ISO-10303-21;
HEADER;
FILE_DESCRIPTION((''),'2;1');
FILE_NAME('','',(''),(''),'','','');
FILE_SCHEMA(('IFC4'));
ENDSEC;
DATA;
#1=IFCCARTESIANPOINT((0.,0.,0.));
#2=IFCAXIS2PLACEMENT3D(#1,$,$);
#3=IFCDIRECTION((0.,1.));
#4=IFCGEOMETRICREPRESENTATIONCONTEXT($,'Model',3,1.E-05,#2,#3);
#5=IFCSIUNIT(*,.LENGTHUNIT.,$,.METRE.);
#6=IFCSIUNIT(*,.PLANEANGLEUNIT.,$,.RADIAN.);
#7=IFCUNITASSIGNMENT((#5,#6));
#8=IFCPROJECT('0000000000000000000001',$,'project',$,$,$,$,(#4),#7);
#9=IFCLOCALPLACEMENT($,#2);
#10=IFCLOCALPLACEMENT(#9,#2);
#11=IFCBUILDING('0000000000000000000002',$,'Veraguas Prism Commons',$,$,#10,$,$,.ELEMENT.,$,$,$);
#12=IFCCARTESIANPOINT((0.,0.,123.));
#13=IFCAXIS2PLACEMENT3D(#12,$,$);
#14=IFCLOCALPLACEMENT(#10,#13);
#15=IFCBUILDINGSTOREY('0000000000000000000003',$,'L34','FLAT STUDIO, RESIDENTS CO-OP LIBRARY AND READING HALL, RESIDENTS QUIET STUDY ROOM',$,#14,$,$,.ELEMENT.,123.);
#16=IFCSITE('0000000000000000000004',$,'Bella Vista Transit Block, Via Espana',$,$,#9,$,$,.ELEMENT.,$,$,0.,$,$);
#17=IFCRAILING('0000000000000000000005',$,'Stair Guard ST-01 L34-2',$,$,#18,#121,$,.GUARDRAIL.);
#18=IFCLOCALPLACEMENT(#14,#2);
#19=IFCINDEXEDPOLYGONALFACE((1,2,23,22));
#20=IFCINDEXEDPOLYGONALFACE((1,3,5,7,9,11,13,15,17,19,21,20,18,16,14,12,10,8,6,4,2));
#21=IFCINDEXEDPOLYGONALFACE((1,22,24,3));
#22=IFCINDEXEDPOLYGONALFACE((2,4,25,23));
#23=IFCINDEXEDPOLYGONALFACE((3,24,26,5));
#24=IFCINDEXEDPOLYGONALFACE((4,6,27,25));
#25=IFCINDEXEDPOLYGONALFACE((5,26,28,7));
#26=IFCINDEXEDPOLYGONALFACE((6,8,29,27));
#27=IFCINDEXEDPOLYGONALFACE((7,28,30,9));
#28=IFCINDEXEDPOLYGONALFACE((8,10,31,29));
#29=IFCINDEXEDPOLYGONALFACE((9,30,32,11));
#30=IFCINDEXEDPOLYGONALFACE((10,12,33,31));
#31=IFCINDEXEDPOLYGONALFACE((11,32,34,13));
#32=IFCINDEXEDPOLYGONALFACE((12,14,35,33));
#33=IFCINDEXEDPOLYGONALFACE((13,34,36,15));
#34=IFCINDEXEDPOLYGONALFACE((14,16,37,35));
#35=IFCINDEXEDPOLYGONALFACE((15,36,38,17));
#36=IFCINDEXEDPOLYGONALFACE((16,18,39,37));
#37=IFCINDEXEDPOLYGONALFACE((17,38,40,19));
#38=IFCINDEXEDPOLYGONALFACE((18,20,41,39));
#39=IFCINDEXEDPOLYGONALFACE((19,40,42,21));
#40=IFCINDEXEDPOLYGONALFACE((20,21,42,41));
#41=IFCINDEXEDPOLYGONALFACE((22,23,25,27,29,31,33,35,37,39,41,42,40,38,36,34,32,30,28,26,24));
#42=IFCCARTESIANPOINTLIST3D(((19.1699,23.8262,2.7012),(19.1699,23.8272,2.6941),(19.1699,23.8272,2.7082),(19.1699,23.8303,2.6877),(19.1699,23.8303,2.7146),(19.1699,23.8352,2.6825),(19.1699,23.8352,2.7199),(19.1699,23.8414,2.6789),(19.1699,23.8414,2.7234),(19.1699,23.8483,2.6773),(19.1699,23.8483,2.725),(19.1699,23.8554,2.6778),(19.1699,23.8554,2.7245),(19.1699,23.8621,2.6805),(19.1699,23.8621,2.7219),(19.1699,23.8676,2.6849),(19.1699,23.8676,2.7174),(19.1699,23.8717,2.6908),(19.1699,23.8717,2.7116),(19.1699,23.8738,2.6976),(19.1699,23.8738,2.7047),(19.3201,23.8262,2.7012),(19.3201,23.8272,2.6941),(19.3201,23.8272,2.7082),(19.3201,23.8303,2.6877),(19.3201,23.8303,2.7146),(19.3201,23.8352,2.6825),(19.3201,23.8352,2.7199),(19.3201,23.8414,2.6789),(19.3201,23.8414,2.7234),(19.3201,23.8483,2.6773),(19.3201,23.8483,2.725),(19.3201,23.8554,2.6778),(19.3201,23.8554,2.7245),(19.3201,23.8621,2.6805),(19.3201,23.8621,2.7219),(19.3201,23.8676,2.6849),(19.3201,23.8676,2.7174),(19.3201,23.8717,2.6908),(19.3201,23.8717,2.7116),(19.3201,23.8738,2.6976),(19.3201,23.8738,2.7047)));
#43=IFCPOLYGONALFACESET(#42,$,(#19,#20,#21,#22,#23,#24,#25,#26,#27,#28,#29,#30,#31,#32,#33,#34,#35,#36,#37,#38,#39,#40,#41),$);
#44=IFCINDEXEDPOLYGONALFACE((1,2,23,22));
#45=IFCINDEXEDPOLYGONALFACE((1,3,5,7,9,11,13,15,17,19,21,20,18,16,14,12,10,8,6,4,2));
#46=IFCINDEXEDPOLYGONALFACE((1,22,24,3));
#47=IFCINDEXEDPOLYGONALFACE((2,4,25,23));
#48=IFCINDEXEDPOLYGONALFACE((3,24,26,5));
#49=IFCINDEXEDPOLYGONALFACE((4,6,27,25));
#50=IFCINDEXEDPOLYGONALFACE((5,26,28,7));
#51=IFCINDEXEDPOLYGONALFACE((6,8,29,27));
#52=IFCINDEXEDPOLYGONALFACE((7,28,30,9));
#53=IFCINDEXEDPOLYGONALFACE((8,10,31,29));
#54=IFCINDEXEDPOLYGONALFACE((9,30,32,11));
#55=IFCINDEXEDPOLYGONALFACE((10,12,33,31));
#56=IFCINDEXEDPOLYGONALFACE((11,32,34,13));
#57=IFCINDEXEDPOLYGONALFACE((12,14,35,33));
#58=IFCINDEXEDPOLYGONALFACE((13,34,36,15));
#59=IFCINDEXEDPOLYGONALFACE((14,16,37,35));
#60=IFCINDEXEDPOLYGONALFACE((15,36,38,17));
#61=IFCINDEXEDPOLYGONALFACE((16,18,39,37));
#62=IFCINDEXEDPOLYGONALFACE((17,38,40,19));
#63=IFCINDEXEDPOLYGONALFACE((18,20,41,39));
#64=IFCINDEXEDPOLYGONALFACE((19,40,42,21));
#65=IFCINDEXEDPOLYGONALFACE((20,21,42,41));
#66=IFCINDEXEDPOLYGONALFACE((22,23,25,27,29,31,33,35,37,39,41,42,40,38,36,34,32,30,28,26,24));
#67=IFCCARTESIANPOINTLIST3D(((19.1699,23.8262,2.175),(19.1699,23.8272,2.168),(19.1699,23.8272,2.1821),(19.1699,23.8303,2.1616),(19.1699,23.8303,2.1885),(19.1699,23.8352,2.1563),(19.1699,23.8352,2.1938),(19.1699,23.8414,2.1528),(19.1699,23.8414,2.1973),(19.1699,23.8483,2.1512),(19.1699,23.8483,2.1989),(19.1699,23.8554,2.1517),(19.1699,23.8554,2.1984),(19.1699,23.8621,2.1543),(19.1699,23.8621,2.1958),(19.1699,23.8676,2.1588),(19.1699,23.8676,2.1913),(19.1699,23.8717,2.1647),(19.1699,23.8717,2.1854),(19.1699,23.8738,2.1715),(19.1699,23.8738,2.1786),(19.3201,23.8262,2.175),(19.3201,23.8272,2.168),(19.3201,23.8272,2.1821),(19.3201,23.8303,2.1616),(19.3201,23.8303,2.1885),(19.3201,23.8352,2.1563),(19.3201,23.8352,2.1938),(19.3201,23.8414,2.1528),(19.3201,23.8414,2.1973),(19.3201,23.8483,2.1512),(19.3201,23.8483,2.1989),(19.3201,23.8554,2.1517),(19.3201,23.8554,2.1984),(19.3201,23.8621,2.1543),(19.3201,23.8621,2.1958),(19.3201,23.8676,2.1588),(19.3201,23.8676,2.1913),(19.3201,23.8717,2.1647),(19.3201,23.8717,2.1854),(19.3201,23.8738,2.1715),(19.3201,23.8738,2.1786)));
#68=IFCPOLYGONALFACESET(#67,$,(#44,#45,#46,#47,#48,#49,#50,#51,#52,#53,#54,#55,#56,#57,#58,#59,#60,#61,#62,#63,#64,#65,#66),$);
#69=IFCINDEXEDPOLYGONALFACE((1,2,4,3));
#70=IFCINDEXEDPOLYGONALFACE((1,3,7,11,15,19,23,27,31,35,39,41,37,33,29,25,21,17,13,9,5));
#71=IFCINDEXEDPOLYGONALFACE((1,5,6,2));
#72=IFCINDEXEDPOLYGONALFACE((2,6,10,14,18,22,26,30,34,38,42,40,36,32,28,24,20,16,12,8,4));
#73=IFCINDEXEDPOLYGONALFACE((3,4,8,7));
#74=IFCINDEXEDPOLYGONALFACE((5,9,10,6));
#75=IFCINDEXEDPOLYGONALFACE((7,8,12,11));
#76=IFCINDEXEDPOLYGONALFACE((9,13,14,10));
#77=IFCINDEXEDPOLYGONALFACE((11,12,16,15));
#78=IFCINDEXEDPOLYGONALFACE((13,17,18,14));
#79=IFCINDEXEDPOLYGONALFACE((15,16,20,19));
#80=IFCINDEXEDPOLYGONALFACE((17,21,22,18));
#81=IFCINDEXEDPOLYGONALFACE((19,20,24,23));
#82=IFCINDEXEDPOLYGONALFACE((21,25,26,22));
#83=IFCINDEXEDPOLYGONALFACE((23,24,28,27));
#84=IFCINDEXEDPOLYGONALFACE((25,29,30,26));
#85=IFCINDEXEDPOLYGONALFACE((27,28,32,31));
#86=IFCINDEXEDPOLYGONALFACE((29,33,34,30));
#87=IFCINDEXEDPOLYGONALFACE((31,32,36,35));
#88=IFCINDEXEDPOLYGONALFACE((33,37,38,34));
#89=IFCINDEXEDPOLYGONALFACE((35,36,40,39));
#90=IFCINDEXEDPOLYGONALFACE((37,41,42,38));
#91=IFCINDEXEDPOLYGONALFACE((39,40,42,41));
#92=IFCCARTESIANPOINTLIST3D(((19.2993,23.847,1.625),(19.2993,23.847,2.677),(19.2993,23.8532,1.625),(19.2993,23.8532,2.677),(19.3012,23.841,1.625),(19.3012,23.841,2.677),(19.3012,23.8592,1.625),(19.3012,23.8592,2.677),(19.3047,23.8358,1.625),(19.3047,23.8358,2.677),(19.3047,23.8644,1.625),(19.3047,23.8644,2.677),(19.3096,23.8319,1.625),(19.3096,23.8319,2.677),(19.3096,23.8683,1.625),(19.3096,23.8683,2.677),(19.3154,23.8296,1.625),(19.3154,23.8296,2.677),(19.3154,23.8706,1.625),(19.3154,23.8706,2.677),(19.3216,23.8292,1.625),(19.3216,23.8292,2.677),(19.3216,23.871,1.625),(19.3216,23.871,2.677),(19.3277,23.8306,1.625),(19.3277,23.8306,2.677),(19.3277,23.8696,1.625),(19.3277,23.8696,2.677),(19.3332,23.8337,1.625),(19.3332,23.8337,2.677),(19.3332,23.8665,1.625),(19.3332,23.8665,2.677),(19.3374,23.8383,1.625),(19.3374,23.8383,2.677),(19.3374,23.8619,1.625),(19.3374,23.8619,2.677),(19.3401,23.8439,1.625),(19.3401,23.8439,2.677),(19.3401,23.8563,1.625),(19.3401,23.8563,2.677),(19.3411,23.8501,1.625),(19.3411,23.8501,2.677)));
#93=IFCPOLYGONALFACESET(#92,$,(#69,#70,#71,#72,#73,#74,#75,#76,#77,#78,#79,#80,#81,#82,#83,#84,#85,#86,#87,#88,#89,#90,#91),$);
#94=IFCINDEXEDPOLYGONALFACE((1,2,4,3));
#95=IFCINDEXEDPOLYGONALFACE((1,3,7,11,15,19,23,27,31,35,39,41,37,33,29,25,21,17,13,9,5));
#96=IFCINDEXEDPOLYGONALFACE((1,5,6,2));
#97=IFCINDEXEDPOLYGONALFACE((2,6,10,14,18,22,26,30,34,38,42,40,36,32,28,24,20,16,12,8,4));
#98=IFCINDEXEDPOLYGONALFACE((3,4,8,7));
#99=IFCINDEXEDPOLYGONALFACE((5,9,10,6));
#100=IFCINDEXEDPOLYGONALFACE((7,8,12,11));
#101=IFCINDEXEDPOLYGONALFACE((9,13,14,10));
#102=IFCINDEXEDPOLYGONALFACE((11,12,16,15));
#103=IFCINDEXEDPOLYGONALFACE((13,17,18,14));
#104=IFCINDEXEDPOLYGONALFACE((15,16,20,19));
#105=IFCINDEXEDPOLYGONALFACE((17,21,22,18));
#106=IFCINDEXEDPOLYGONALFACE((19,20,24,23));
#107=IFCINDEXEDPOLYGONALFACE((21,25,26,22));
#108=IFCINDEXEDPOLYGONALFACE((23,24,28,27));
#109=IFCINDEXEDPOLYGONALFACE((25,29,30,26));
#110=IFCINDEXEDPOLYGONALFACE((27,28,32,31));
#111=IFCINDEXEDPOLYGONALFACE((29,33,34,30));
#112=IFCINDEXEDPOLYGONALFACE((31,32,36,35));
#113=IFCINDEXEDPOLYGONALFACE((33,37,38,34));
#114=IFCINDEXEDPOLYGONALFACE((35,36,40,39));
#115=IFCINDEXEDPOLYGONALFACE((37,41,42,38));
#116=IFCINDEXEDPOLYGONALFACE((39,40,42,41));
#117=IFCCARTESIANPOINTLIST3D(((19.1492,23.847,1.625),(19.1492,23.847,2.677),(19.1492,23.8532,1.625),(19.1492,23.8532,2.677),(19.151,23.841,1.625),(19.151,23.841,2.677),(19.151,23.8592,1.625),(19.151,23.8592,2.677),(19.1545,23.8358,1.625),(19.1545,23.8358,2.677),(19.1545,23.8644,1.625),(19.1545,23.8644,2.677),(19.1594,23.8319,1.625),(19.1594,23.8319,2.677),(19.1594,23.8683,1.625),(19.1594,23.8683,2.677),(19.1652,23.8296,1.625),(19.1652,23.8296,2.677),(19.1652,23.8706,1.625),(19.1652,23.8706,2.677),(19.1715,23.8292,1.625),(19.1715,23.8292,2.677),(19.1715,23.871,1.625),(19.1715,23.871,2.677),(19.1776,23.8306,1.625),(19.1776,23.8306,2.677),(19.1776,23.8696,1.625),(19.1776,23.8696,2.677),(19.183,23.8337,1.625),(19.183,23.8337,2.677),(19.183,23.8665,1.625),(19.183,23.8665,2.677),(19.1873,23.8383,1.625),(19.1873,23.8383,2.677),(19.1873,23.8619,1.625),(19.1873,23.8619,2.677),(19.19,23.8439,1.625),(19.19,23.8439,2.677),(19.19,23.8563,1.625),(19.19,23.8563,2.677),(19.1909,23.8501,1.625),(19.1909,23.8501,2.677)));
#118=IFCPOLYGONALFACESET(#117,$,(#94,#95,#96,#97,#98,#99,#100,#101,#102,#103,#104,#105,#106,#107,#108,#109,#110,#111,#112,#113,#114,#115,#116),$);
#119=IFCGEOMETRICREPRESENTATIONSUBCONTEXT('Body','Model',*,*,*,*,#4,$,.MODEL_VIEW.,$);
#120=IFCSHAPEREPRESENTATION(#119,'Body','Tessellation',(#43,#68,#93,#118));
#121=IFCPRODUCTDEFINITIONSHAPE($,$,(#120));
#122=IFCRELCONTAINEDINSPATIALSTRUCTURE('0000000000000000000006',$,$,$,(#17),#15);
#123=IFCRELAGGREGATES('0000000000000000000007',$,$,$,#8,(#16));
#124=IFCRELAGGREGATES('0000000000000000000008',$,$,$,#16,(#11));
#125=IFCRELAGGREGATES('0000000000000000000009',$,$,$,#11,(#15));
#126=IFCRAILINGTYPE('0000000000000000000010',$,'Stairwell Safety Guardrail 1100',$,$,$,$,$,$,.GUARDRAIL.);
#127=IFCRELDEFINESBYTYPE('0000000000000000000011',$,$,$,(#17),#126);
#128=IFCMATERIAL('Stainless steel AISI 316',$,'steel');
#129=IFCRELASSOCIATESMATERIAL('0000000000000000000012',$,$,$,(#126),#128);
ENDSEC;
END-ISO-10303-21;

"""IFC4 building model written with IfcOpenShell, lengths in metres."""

from ifc_helpers import new_model, si_unit, direction, frame, origin, origin_2d, place, context, subcontext, project, spatial, circle, extrude, material, type_object, element, save


model = new_model("IFC4")

# Units and contexts
model_context = context("Model", 3, precision=1e-05, world=origin(), true_north=direction((0.0, 1.0)))
body_context = subcontext(model_context, "Body", "Model", "MODEL_VIEW")
ifc_project = project(units=[si_unit("LENGTHUNIT", "METRE"), si_unit("PLANEANGLEUNIT", "RADIAN")], contexts=[model_context])

# Site, building, storey
site_placement = place(None, origin())
site = spatial("IfcSite", under=ifc_project, at=site_placement, Name="Bella Vista Transit Block, Via Espana", CompositionType="ELEMENT", RefElevation=0.0)
building_placement = place(site_placement, origin())
building = spatial("IfcBuilding", under=site, at=building_placement, Name="Veraguas Prism Commons", CompositionType="ELEMENT")
storey_placement = place(building_placement, frame((0.0, 0.0, 123.0)))
storey = spatial("IfcBuildingStorey", under=building, at=storey_placement, Name="L34", Description="FLAT STUDIO, RESIDENTS CO-OP LIBRARY AND READING HALL, RESIDENTS QUIET STUDY ROOM", CompositionType="ELEMENT", Elevation=123.0)

# Railing
ifc_material_1 = material(Name="Stainless steel AISI 316", Category="steel")
railing_type_1 = type_object("IfcRailingType", Name="Stairwell Safety Guardrail 1100", PredefinedType="GUARDRAIL", material=ifc_material_1)
railing_1_placement = place(storey_placement, frame((19.3201, 23.8501, 1.625)))
element("IfcRailing", 1, at=railing_1_placement, inside=storey, type_object=railing_type_1, Name="Stair Guard ST-01 L34-2", PredefinedType="GUARDRAIL", context=body_context, shape_type="SweptSolid", body=[
    extrude(circle(Radius=0.0239, at=origin_2d()), frame((0.0, 0.0, 1.0762), z_axis=(-1.0, 0.0, 0.0), x_axis=(0.0, -1.0, 0.0)), (0.0, 0.0, 1.0), 0.1501),
    extrude(circle(Radius=0.0239, at=origin_2d()), frame((0.0, 0.0, 0.55), z_axis=(-1.0, 0.0, 0.0), x_axis=(0.0, -1.0, 0.0)), (0.0, 0.0, 1.0), 0.1501),
    extrude(circle(Radius=0.021, at=origin_2d()), origin(), (0.0, 0.0, 1.0), 1.052),
    extrude(circle(Radius=0.021, at=origin_2d()), frame((-0.1501, 0.0, 0.0)), (0.0, 0.0, 1.0), 1.052),
])

save(model, "model.ifc")
